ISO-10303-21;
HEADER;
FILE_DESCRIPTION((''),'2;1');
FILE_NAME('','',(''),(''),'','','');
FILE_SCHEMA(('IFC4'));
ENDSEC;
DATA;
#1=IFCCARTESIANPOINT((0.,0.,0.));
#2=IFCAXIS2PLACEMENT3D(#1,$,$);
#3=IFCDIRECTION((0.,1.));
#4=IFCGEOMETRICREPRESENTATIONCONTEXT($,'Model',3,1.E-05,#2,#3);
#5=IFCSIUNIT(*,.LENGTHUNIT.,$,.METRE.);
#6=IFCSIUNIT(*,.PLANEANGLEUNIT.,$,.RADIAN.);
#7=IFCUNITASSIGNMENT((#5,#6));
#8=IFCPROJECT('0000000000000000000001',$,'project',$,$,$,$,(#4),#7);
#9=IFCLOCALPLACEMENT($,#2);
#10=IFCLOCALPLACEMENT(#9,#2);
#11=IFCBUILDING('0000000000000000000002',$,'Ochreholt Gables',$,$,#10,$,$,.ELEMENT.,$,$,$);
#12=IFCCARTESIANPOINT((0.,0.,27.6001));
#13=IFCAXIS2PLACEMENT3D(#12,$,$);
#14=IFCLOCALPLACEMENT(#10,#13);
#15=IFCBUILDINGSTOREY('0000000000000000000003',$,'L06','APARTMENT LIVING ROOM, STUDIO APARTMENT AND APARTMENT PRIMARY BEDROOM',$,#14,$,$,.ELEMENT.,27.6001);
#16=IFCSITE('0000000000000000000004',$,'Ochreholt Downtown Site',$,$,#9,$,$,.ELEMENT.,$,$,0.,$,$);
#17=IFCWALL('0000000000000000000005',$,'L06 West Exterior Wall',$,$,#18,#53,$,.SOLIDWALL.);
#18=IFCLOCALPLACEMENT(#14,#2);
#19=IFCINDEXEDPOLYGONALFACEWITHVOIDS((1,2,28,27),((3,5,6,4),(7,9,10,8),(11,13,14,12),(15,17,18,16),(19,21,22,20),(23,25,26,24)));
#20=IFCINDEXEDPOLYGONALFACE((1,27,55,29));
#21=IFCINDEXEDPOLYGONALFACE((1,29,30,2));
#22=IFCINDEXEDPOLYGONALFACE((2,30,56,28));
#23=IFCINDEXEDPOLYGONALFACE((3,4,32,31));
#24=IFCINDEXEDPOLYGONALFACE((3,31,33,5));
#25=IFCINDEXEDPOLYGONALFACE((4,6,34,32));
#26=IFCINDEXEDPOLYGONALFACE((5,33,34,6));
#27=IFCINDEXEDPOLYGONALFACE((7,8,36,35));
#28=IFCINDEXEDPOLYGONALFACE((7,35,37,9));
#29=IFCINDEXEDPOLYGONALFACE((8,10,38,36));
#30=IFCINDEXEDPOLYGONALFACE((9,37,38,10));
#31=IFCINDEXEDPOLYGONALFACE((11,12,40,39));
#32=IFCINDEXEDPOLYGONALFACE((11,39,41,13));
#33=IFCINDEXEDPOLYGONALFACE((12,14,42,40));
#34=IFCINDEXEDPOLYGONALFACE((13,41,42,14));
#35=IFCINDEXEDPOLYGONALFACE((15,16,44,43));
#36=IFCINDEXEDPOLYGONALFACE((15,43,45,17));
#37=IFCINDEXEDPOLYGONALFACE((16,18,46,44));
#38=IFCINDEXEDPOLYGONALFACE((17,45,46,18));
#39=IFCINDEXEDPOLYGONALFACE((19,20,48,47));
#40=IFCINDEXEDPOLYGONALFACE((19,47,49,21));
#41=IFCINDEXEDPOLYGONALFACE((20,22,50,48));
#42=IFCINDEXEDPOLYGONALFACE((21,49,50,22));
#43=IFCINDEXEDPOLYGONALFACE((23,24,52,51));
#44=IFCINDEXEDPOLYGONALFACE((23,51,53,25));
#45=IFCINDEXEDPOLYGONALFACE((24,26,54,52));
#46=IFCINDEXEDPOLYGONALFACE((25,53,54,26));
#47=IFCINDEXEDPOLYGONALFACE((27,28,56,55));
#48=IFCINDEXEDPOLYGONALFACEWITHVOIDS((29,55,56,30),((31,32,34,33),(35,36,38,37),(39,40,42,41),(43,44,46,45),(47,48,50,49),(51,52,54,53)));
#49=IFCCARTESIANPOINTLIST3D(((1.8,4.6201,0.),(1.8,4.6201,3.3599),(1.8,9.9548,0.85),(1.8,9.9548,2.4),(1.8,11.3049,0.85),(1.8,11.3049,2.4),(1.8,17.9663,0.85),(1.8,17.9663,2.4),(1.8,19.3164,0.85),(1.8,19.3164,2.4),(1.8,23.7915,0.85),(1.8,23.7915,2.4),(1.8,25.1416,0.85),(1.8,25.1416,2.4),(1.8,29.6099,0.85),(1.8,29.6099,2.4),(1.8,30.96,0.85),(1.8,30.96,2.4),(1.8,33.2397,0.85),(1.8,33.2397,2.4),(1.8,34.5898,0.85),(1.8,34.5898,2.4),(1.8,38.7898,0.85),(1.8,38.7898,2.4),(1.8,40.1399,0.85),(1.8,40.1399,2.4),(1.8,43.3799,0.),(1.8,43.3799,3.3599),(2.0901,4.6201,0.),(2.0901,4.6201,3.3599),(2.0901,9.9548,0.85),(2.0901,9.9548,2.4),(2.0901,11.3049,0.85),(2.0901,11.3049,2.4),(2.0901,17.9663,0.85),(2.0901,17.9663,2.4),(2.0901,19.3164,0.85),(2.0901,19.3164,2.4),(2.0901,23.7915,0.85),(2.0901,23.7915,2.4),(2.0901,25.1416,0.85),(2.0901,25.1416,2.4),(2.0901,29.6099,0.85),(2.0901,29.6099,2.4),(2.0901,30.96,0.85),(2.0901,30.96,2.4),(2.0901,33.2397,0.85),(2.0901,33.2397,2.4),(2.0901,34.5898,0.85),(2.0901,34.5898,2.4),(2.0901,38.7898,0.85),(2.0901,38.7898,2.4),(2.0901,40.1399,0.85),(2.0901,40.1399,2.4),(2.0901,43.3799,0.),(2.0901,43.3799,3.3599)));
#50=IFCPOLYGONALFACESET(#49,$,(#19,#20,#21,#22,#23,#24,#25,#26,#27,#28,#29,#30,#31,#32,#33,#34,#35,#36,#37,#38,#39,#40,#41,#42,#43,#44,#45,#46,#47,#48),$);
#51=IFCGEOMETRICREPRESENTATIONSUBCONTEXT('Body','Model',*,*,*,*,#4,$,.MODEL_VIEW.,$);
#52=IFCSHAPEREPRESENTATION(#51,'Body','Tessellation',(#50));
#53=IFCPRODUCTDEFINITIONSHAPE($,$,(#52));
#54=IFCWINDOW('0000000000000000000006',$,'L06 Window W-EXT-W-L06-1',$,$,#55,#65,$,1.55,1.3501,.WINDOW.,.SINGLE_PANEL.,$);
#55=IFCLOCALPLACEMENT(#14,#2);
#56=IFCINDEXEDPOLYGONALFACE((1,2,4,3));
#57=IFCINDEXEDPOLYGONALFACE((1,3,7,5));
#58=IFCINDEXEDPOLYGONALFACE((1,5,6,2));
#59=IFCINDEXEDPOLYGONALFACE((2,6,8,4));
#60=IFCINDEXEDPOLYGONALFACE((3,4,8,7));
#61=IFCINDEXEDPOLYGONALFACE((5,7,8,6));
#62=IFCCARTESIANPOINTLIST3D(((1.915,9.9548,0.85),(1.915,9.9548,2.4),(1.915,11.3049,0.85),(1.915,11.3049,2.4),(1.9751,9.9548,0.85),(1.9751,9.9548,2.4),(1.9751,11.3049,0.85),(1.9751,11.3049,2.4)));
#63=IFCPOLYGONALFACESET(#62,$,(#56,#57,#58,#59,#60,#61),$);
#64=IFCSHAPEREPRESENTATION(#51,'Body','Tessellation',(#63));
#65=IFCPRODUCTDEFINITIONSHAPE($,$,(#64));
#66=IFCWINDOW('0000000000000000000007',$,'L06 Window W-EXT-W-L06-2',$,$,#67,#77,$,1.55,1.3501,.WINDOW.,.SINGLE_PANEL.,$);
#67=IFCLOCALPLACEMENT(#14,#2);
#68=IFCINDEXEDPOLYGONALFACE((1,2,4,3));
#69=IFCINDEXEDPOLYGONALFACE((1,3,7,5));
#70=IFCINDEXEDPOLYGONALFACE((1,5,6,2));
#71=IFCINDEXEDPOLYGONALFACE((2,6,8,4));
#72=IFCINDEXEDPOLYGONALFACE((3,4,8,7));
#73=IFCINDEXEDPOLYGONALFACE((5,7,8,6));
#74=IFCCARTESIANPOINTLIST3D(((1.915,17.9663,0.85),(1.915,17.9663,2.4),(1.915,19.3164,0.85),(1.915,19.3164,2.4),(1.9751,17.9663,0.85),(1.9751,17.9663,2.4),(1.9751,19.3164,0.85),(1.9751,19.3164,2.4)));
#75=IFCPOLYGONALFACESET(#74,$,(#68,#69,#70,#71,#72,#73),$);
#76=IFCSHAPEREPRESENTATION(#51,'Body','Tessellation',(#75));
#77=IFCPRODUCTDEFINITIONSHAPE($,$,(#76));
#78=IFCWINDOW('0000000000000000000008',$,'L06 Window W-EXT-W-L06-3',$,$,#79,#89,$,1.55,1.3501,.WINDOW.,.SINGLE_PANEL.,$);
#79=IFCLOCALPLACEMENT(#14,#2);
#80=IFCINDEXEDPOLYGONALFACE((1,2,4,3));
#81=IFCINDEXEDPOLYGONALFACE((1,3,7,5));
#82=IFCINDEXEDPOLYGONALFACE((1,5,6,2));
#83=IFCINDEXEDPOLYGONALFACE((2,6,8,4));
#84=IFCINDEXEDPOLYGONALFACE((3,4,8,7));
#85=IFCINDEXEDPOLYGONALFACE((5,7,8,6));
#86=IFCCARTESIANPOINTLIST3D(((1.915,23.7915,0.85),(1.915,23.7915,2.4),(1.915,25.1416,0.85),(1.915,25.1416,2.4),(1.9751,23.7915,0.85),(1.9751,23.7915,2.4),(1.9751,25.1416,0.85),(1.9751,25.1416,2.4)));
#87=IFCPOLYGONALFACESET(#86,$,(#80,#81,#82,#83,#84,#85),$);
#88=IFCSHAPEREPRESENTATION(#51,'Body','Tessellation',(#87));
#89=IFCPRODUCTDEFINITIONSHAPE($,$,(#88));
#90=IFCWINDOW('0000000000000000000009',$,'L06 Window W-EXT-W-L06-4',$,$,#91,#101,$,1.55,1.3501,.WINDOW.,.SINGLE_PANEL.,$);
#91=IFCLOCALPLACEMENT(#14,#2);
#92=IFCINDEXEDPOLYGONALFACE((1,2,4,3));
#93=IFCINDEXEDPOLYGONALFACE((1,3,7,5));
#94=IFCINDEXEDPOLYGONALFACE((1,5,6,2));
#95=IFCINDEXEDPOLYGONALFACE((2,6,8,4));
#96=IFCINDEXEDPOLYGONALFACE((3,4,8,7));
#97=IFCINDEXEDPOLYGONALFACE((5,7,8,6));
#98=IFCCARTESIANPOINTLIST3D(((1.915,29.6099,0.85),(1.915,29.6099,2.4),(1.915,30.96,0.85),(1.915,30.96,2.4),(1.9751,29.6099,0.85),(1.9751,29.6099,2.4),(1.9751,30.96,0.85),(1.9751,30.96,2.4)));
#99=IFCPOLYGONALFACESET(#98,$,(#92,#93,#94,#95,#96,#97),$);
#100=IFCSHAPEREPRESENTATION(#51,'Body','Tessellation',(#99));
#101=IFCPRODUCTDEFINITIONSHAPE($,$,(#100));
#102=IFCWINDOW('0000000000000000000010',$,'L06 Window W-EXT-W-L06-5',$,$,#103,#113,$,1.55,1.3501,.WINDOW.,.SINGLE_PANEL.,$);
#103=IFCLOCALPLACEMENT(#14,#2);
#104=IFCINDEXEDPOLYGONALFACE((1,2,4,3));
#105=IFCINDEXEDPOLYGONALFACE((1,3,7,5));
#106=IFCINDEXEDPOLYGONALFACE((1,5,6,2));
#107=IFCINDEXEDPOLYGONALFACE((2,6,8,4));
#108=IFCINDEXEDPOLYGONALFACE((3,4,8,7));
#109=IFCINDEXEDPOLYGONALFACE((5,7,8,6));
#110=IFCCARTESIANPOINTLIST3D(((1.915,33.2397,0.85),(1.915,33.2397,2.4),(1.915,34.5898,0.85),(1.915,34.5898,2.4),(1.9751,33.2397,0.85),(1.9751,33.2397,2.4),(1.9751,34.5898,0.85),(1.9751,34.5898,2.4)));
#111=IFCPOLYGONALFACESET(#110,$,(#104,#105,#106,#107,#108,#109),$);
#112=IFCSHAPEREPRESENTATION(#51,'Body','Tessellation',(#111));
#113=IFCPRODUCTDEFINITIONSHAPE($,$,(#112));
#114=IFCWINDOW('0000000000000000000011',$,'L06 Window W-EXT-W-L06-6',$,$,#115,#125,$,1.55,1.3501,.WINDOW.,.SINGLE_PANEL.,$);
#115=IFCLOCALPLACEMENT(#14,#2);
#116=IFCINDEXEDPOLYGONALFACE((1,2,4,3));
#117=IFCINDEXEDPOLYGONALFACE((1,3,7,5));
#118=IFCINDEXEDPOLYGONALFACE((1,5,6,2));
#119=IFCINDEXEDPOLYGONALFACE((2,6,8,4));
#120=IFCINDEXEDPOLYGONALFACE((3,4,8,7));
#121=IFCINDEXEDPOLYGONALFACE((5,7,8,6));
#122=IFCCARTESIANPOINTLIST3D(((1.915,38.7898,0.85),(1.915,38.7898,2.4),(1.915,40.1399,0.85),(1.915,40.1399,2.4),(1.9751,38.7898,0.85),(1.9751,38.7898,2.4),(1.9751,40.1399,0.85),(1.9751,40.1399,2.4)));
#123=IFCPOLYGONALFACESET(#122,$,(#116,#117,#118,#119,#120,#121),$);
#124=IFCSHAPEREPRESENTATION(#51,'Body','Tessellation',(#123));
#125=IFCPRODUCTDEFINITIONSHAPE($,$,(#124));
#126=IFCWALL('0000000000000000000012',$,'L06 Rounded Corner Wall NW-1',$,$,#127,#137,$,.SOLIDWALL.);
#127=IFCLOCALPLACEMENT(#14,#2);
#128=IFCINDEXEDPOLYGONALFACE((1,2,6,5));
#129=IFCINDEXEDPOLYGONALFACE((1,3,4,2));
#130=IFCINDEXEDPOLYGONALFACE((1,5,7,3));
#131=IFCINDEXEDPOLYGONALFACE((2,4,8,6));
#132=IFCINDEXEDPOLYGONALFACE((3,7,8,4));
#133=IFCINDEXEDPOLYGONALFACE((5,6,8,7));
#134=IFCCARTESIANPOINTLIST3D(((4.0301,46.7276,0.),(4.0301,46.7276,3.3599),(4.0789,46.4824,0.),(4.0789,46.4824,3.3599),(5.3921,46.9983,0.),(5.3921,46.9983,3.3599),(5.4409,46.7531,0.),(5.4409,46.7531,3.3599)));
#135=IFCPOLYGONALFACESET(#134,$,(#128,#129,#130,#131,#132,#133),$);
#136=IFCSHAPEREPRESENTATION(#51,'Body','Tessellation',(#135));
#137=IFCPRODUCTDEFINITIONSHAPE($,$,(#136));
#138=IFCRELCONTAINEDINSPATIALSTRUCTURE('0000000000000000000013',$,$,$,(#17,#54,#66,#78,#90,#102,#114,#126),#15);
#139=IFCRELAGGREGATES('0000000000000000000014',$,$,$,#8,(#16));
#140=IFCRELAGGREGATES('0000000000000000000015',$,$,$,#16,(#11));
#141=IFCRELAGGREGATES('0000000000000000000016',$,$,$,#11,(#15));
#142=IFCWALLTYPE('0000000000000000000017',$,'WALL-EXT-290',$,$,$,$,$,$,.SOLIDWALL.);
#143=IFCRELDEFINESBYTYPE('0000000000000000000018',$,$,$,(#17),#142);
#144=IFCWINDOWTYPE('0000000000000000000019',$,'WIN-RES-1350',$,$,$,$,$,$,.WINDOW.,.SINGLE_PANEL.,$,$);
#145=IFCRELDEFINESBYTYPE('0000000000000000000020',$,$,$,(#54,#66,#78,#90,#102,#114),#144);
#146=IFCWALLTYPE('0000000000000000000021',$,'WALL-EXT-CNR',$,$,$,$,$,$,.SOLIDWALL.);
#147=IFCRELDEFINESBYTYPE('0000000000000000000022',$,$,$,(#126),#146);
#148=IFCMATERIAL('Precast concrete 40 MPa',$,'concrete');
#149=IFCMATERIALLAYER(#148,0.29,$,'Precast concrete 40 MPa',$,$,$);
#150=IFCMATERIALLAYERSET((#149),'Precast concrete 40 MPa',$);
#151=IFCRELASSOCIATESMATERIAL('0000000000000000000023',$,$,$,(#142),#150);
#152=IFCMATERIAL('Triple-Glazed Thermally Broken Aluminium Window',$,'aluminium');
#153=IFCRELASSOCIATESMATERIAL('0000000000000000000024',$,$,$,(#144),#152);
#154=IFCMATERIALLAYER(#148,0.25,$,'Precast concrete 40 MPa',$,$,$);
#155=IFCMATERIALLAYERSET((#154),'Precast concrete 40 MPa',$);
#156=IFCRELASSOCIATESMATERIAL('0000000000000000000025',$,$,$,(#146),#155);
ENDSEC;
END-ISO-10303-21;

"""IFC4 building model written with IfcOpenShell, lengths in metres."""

from ifc_helpers import new_model, si_unit, direction, frame, frame_2d, origin, place, context, subcontext, project, spatial, rectangle, extrude, material, layer, layer_set, type_object, element, fill, save


model = new_model("IFC4")

# Units and contexts
model_context = context("Model", 3, precision=1e-05, world=origin(), true_north=direction((0.0, 1.0)))
body_context = subcontext(model_context, "Body", "Model", "MODEL_VIEW")
ifc_project = project(units=[si_unit("LENGTHUNIT", "METRE"), si_unit("PLANEANGLEUNIT", "RADIAN")], contexts=[model_context])

# Site, building, storey
site_placement = place(None, origin())
site = spatial("IfcSite", under=ifc_project, at=site_placement, Name="Ochreholt Downtown Site", CompositionType="ELEMENT", RefElevation=0.0)
building_placement = place(site_placement, origin())
building = spatial("IfcBuilding", under=site, at=building_placement, Name="Ochreholt Gables", CompositionType="ELEMENT")
storey_placement = place(building_placement, frame((0.0, 0.0, 27.6001)))
storey = spatial("IfcBuildingStorey", under=building, at=storey_placement, Name="L06", Description="APARTMENT LIVING ROOM, STUDIO APARTMENT AND APARTMENT PRIMARY BEDROOM", CompositionType="ELEMENT", Elevation=27.6001)

# Wall, openings, windows
ifc_material_1 = material(Name="Precast concrete 40 MPa", Category="concrete")
ifc_layer_1 = layer(ifc_material_1, 0.29, Name="Precast concrete 40 MPa")
ifc_layer_set_1 = layer_set([ifc_layer_1], Name="Precast concrete 40 MPa")
wall_type_1 = type_object("IfcWallType", Name="WALL-EXT-290", PredefinedType="SOLIDWALL", material=ifc_layer_set_1)
wall_1_placement = place(storey_placement, frame((1.9451, 43.3799, 0.0), z_axis=(0.0, 0.0, 1.0), x_axis=(0.0, -1.0, 0.0)))
wall_1 = element("IfcWall", 1, at=wall_1_placement, inside=storey, type_object=wall_type_1, Name="L06 West Exterior Wall", PredefinedType="SOLIDWALL", context=body_context, shape_type="SweptSolid", body=[
    extrude(rectangle(XDim=38.7598, YDim=0.29, at=frame_2d((19.3799, 0.0))), origin(), (0.0, 0.0, 1.0), 3.3599),
])
opening_1_placement = place(wall_1_placement, frame((32.075, 0.0, 0.8501)))
opening_1 = element("IfcOpeningElement", 2, at=opening_1_placement, cuts=wall_1, PredefinedType="OPENING", context=body_context, shape_type="SweptSolid", body=[
    extrude(rectangle(XDim=1.3501, YDim=1.55, at=frame_2d((0.675, 0.7749))), frame((0.0, 0.155, 0.0), z_axis=(0.0, -1.0, 0.0), x_axis=(1.0, 0.0, 0.0)), (0.0, 0.0, 1.0), 0.3101),
])
opening_2_placement = place(wall_1_placement, frame((24.0635, 0.0, 0.8501)))
opening_2 = element("IfcOpeningElement", 3, at=opening_2_placement, cuts=wall_1, PredefinedType="OPENING", context=body_context, shape_type="SweptSolid", body=[
    extrude(rectangle(XDim=1.3501, YDim=1.55, at=frame_2d((0.675, 0.7749))), frame((0.0, 0.155, 0.0), z_axis=(0.0, -1.0, 0.0), x_axis=(1.0, 0.0, 0.0)), (0.0, 0.0, 1.0), 0.3101),
])
opening_3_placement = place(wall_1_placement, frame((18.2383, 0.0, 0.8501)))
opening_3 = element("IfcOpeningElement", 4, at=opening_3_placement, cuts=wall_1, PredefinedType="OPENING", context=body_context, shape_type="SweptSolid", body=[
    extrude(rectangle(XDim=1.3501, YDim=1.55, at=frame_2d((0.675, 0.7749))), frame((0.0, 0.155, 0.0), z_axis=(0.0, -1.0, 0.0), x_axis=(1.0, 0.0, 0.0)), (0.0, 0.0, 1.0), 0.3101),
])
opening_4_placement = place(wall_1_placement, frame((12.4199, 0.0, 0.8501)))
opening_4 = element("IfcOpeningElement", 5, at=opening_4_placement, cuts=wall_1, PredefinedType="OPENING", context=body_context, shape_type="SweptSolid", body=[
    extrude(rectangle(XDim=1.3501, YDim=1.55, at=frame_2d((0.675, 0.7749))), frame((0.0, 0.155, 0.0), z_axis=(0.0, -1.0, 0.0), x_axis=(1.0, 0.0, 0.0)), (0.0, 0.0, 1.0), 0.3101),
])
opening_5_placement = place(wall_1_placement, frame((8.79, 0.0, 0.8501)))
opening_5 = element("IfcOpeningElement", 6, at=opening_5_placement, cuts=wall_1, PredefinedType="OPENING", context=body_context, shape_type="SweptSolid", body=[
    extrude(rectangle(XDim=1.3501, YDim=1.55, at=frame_2d((0.675, 0.7749))), frame((0.0, 0.155, 0.0), z_axis=(0.0, -1.0, 0.0), x_axis=(1.0, 0.0, 0.0)), (0.0, 0.0, 1.0), 0.3101),
])
opening_6_placement = place(wall_1_placement, frame((3.24, 0.0, 0.8501)))
opening_6 = element("IfcOpeningElement", 7, at=opening_6_placement, cuts=wall_1, PredefinedType="OPENING", context=body_context, shape_type="SweptSolid", body=[
    extrude(rectangle(XDim=1.3501, YDim=1.55, at=frame_2d((0.675, 0.7749))), frame((0.0, 0.155, 0.0), z_axis=(0.0, -1.0, 0.0), x_axis=(1.0, 0.0, 0.0)), (0.0, 0.0, 1.0), 0.3101),
])
ifc_material_2 = material(Name="Triple-Glazed Thermally Broken Aluminium Window", Category="aluminium")
window_type_1 = type_object("IfcWindowType", Name="WIN-RES-1350", PartitioningType="SINGLE_PANEL", PredefinedType="WINDOW", material=ifc_material_2)
window_1_placement = place(opening_1_placement, origin())
window_1 = element("IfcWindow", 8, at=window_1_placement, inside=storey, type_object=window_type_1, Name="L06 Window W-EXT-W-L06-1", OverallHeight=1.55, OverallWidth=1.3501, PartitioningType="SINGLE_PANEL", PredefinedType="WINDOW", context=body_context, shape_type="SweptSolid", body=[
    extrude(rectangle(XDim=1.3501, YDim=1.55, at=frame_2d((0.675, 0.7749))), frame((0.0, 0.03, 0.0), z_axis=(0.0, -1.0, 0.0), x_axis=(1.0, 0.0, 0.0)), (0.0, 0.0, 1.0), 0.0601),
])
fill(opening_1, window_1)
window_2_placement = place(opening_2_placement, origin())
window_2 = element("IfcWindow", 9, at=window_2_placement, inside=storey, type_object=window_type_1, Name="L06 Window W-EXT-W-L06-2", OverallHeight=1.55, OverallWidth=1.3501, PartitioningType="SINGLE_PANEL", PredefinedType="WINDOW", context=body_context, shape_type="SweptSolid", body=[
    extrude(rectangle(XDim=1.3501, YDim=1.55, at=frame_2d((0.675, 0.7749))), frame((0.0, 0.03, 0.0), z_axis=(0.0, -1.0, 0.0), x_axis=(1.0, 0.0, 0.0)), (0.0, 0.0, 1.0), 0.0601),
])
fill(opening_2, window_2)
window_3_placement = place(opening_3_placement, origin())
window_3 = element("IfcWindow", 10, at=window_3_placement, inside=storey, type_object=window_type_1, Name="L06 Window W-EXT-W-L06-3", OverallHeight=1.55, OverallWidth=1.3501, PartitioningType="SINGLE_PANEL", PredefinedType="WINDOW", context=body_context, shape_type="SweptSolid", body=[
    extrude(rectangle(XDim=1.3501, YDim=1.55, at=frame_2d((0.675, 0.7749))), frame((0.0, 0.03, 0.0), z_axis=(0.0, -1.0, 0.0), x_axis=(1.0, 0.0, 0.0)), (0.0, 0.0, 1.0), 0.0601),
])
fill(opening_3, window_3)
window_4_placement = place(opening_4_placement, origin())
window_4 = element("IfcWindow", 11, at=window_4_placement, inside=storey, type_object=window_type_1, Name="L06 Window W-EXT-W-L06-4", OverallHeight=1.55, OverallWidth=1.3501, PartitioningType="SINGLE_PANEL", PredefinedType="WINDOW", context=body_context, shape_type="SweptSolid", body=[
    extrude(rectangle(XDim=1.3501, YDim=1.55, at=frame_2d((0.675, 0.7749))), frame((0.0, 0.03, 0.0), z_axis=(0.0, -1.0, 0.0), x_axis=(1.0, 0.0, 0.0)), (0.0, 0.0, 1.0), 0.0601),
])
fill(opening_4, window_4)
window_5_placement = place(opening_5_placement, origin())
window_5 = element("IfcWindow", 12, at=window_5_placement, inside=storey, type_object=window_type_1, Name="L06 Window W-EXT-W-L06-5", OverallHeight=1.55, OverallWidth=1.3501, PartitioningType="SINGLE_PANEL", PredefinedType="WINDOW", context=body_context, shape_type="SweptSolid", body=[
    extrude(rectangle(XDim=1.3501, YDim=1.55, at=frame_2d((0.675, 0.7749))), frame((0.0, 0.03, 0.0), z_axis=(0.0, -1.0, 0.0), x_axis=(1.0, 0.0, 0.0)), (0.0, 0.0, 1.0), 0.0601),
])
fill(opening_5, window_5)
window_6_placement = place(opening_6_placement, origin())
window_6 = element("IfcWindow", 13, at=window_6_placement, inside=storey, type_object=window_type_1, Name="L06 Window W-EXT-W-L06-6", OverallHeight=1.55, OverallWidth=1.3501, PartitioningType="SINGLE_PANEL", PredefinedType="WINDOW", context=body_context, shape_type="SweptSolid", body=[
    extrude(rectangle(XDim=1.3501, YDim=1.55, at=frame_2d((0.675, 0.7749))), frame((0.0, 0.03, 0.0), z_axis=(0.0, -1.0, 0.0), x_axis=(1.0, 0.0, 0.0)), (0.0, 0.0, 1.0), 0.0601),
])
fill(opening_6, window_6)

# Wall
ifc_layer_2 = layer(ifc_material_1, 0.25, Name="Precast concrete 40 MPa")
ifc_layer_set_2 = layer_set([ifc_layer_2], Name="Precast concrete 40 MPa")
wall_type_2 = type_object("IfcWallType", Name="WALL-EXT-CNR", PredefinedType="SOLIDWALL", material=ifc_layer_set_2)
wall_2_placement = place(storey_placement, frame((5.4165, 46.8757, 0.0), z_axis=(0.0, 0.0, 1.0), x_axis=(-0.98081, -0.194967, 0.0)))
element("IfcWall", 14, at=wall_2_placement, inside=storey, type_object=wall_type_2, Name="L06 Rounded Corner Wall NW-1", PredefinedType="SOLIDWALL", context=body_context, shape_type="SweptSolid", body=[
    extrude(rectangle(XDim=1.3887, YDim=0.25, at=frame_2d((0.6943, 0.0))), origin(), (0.0, 0.0, 1.0), 3.3599),
])

save(model, "model.ifc")
